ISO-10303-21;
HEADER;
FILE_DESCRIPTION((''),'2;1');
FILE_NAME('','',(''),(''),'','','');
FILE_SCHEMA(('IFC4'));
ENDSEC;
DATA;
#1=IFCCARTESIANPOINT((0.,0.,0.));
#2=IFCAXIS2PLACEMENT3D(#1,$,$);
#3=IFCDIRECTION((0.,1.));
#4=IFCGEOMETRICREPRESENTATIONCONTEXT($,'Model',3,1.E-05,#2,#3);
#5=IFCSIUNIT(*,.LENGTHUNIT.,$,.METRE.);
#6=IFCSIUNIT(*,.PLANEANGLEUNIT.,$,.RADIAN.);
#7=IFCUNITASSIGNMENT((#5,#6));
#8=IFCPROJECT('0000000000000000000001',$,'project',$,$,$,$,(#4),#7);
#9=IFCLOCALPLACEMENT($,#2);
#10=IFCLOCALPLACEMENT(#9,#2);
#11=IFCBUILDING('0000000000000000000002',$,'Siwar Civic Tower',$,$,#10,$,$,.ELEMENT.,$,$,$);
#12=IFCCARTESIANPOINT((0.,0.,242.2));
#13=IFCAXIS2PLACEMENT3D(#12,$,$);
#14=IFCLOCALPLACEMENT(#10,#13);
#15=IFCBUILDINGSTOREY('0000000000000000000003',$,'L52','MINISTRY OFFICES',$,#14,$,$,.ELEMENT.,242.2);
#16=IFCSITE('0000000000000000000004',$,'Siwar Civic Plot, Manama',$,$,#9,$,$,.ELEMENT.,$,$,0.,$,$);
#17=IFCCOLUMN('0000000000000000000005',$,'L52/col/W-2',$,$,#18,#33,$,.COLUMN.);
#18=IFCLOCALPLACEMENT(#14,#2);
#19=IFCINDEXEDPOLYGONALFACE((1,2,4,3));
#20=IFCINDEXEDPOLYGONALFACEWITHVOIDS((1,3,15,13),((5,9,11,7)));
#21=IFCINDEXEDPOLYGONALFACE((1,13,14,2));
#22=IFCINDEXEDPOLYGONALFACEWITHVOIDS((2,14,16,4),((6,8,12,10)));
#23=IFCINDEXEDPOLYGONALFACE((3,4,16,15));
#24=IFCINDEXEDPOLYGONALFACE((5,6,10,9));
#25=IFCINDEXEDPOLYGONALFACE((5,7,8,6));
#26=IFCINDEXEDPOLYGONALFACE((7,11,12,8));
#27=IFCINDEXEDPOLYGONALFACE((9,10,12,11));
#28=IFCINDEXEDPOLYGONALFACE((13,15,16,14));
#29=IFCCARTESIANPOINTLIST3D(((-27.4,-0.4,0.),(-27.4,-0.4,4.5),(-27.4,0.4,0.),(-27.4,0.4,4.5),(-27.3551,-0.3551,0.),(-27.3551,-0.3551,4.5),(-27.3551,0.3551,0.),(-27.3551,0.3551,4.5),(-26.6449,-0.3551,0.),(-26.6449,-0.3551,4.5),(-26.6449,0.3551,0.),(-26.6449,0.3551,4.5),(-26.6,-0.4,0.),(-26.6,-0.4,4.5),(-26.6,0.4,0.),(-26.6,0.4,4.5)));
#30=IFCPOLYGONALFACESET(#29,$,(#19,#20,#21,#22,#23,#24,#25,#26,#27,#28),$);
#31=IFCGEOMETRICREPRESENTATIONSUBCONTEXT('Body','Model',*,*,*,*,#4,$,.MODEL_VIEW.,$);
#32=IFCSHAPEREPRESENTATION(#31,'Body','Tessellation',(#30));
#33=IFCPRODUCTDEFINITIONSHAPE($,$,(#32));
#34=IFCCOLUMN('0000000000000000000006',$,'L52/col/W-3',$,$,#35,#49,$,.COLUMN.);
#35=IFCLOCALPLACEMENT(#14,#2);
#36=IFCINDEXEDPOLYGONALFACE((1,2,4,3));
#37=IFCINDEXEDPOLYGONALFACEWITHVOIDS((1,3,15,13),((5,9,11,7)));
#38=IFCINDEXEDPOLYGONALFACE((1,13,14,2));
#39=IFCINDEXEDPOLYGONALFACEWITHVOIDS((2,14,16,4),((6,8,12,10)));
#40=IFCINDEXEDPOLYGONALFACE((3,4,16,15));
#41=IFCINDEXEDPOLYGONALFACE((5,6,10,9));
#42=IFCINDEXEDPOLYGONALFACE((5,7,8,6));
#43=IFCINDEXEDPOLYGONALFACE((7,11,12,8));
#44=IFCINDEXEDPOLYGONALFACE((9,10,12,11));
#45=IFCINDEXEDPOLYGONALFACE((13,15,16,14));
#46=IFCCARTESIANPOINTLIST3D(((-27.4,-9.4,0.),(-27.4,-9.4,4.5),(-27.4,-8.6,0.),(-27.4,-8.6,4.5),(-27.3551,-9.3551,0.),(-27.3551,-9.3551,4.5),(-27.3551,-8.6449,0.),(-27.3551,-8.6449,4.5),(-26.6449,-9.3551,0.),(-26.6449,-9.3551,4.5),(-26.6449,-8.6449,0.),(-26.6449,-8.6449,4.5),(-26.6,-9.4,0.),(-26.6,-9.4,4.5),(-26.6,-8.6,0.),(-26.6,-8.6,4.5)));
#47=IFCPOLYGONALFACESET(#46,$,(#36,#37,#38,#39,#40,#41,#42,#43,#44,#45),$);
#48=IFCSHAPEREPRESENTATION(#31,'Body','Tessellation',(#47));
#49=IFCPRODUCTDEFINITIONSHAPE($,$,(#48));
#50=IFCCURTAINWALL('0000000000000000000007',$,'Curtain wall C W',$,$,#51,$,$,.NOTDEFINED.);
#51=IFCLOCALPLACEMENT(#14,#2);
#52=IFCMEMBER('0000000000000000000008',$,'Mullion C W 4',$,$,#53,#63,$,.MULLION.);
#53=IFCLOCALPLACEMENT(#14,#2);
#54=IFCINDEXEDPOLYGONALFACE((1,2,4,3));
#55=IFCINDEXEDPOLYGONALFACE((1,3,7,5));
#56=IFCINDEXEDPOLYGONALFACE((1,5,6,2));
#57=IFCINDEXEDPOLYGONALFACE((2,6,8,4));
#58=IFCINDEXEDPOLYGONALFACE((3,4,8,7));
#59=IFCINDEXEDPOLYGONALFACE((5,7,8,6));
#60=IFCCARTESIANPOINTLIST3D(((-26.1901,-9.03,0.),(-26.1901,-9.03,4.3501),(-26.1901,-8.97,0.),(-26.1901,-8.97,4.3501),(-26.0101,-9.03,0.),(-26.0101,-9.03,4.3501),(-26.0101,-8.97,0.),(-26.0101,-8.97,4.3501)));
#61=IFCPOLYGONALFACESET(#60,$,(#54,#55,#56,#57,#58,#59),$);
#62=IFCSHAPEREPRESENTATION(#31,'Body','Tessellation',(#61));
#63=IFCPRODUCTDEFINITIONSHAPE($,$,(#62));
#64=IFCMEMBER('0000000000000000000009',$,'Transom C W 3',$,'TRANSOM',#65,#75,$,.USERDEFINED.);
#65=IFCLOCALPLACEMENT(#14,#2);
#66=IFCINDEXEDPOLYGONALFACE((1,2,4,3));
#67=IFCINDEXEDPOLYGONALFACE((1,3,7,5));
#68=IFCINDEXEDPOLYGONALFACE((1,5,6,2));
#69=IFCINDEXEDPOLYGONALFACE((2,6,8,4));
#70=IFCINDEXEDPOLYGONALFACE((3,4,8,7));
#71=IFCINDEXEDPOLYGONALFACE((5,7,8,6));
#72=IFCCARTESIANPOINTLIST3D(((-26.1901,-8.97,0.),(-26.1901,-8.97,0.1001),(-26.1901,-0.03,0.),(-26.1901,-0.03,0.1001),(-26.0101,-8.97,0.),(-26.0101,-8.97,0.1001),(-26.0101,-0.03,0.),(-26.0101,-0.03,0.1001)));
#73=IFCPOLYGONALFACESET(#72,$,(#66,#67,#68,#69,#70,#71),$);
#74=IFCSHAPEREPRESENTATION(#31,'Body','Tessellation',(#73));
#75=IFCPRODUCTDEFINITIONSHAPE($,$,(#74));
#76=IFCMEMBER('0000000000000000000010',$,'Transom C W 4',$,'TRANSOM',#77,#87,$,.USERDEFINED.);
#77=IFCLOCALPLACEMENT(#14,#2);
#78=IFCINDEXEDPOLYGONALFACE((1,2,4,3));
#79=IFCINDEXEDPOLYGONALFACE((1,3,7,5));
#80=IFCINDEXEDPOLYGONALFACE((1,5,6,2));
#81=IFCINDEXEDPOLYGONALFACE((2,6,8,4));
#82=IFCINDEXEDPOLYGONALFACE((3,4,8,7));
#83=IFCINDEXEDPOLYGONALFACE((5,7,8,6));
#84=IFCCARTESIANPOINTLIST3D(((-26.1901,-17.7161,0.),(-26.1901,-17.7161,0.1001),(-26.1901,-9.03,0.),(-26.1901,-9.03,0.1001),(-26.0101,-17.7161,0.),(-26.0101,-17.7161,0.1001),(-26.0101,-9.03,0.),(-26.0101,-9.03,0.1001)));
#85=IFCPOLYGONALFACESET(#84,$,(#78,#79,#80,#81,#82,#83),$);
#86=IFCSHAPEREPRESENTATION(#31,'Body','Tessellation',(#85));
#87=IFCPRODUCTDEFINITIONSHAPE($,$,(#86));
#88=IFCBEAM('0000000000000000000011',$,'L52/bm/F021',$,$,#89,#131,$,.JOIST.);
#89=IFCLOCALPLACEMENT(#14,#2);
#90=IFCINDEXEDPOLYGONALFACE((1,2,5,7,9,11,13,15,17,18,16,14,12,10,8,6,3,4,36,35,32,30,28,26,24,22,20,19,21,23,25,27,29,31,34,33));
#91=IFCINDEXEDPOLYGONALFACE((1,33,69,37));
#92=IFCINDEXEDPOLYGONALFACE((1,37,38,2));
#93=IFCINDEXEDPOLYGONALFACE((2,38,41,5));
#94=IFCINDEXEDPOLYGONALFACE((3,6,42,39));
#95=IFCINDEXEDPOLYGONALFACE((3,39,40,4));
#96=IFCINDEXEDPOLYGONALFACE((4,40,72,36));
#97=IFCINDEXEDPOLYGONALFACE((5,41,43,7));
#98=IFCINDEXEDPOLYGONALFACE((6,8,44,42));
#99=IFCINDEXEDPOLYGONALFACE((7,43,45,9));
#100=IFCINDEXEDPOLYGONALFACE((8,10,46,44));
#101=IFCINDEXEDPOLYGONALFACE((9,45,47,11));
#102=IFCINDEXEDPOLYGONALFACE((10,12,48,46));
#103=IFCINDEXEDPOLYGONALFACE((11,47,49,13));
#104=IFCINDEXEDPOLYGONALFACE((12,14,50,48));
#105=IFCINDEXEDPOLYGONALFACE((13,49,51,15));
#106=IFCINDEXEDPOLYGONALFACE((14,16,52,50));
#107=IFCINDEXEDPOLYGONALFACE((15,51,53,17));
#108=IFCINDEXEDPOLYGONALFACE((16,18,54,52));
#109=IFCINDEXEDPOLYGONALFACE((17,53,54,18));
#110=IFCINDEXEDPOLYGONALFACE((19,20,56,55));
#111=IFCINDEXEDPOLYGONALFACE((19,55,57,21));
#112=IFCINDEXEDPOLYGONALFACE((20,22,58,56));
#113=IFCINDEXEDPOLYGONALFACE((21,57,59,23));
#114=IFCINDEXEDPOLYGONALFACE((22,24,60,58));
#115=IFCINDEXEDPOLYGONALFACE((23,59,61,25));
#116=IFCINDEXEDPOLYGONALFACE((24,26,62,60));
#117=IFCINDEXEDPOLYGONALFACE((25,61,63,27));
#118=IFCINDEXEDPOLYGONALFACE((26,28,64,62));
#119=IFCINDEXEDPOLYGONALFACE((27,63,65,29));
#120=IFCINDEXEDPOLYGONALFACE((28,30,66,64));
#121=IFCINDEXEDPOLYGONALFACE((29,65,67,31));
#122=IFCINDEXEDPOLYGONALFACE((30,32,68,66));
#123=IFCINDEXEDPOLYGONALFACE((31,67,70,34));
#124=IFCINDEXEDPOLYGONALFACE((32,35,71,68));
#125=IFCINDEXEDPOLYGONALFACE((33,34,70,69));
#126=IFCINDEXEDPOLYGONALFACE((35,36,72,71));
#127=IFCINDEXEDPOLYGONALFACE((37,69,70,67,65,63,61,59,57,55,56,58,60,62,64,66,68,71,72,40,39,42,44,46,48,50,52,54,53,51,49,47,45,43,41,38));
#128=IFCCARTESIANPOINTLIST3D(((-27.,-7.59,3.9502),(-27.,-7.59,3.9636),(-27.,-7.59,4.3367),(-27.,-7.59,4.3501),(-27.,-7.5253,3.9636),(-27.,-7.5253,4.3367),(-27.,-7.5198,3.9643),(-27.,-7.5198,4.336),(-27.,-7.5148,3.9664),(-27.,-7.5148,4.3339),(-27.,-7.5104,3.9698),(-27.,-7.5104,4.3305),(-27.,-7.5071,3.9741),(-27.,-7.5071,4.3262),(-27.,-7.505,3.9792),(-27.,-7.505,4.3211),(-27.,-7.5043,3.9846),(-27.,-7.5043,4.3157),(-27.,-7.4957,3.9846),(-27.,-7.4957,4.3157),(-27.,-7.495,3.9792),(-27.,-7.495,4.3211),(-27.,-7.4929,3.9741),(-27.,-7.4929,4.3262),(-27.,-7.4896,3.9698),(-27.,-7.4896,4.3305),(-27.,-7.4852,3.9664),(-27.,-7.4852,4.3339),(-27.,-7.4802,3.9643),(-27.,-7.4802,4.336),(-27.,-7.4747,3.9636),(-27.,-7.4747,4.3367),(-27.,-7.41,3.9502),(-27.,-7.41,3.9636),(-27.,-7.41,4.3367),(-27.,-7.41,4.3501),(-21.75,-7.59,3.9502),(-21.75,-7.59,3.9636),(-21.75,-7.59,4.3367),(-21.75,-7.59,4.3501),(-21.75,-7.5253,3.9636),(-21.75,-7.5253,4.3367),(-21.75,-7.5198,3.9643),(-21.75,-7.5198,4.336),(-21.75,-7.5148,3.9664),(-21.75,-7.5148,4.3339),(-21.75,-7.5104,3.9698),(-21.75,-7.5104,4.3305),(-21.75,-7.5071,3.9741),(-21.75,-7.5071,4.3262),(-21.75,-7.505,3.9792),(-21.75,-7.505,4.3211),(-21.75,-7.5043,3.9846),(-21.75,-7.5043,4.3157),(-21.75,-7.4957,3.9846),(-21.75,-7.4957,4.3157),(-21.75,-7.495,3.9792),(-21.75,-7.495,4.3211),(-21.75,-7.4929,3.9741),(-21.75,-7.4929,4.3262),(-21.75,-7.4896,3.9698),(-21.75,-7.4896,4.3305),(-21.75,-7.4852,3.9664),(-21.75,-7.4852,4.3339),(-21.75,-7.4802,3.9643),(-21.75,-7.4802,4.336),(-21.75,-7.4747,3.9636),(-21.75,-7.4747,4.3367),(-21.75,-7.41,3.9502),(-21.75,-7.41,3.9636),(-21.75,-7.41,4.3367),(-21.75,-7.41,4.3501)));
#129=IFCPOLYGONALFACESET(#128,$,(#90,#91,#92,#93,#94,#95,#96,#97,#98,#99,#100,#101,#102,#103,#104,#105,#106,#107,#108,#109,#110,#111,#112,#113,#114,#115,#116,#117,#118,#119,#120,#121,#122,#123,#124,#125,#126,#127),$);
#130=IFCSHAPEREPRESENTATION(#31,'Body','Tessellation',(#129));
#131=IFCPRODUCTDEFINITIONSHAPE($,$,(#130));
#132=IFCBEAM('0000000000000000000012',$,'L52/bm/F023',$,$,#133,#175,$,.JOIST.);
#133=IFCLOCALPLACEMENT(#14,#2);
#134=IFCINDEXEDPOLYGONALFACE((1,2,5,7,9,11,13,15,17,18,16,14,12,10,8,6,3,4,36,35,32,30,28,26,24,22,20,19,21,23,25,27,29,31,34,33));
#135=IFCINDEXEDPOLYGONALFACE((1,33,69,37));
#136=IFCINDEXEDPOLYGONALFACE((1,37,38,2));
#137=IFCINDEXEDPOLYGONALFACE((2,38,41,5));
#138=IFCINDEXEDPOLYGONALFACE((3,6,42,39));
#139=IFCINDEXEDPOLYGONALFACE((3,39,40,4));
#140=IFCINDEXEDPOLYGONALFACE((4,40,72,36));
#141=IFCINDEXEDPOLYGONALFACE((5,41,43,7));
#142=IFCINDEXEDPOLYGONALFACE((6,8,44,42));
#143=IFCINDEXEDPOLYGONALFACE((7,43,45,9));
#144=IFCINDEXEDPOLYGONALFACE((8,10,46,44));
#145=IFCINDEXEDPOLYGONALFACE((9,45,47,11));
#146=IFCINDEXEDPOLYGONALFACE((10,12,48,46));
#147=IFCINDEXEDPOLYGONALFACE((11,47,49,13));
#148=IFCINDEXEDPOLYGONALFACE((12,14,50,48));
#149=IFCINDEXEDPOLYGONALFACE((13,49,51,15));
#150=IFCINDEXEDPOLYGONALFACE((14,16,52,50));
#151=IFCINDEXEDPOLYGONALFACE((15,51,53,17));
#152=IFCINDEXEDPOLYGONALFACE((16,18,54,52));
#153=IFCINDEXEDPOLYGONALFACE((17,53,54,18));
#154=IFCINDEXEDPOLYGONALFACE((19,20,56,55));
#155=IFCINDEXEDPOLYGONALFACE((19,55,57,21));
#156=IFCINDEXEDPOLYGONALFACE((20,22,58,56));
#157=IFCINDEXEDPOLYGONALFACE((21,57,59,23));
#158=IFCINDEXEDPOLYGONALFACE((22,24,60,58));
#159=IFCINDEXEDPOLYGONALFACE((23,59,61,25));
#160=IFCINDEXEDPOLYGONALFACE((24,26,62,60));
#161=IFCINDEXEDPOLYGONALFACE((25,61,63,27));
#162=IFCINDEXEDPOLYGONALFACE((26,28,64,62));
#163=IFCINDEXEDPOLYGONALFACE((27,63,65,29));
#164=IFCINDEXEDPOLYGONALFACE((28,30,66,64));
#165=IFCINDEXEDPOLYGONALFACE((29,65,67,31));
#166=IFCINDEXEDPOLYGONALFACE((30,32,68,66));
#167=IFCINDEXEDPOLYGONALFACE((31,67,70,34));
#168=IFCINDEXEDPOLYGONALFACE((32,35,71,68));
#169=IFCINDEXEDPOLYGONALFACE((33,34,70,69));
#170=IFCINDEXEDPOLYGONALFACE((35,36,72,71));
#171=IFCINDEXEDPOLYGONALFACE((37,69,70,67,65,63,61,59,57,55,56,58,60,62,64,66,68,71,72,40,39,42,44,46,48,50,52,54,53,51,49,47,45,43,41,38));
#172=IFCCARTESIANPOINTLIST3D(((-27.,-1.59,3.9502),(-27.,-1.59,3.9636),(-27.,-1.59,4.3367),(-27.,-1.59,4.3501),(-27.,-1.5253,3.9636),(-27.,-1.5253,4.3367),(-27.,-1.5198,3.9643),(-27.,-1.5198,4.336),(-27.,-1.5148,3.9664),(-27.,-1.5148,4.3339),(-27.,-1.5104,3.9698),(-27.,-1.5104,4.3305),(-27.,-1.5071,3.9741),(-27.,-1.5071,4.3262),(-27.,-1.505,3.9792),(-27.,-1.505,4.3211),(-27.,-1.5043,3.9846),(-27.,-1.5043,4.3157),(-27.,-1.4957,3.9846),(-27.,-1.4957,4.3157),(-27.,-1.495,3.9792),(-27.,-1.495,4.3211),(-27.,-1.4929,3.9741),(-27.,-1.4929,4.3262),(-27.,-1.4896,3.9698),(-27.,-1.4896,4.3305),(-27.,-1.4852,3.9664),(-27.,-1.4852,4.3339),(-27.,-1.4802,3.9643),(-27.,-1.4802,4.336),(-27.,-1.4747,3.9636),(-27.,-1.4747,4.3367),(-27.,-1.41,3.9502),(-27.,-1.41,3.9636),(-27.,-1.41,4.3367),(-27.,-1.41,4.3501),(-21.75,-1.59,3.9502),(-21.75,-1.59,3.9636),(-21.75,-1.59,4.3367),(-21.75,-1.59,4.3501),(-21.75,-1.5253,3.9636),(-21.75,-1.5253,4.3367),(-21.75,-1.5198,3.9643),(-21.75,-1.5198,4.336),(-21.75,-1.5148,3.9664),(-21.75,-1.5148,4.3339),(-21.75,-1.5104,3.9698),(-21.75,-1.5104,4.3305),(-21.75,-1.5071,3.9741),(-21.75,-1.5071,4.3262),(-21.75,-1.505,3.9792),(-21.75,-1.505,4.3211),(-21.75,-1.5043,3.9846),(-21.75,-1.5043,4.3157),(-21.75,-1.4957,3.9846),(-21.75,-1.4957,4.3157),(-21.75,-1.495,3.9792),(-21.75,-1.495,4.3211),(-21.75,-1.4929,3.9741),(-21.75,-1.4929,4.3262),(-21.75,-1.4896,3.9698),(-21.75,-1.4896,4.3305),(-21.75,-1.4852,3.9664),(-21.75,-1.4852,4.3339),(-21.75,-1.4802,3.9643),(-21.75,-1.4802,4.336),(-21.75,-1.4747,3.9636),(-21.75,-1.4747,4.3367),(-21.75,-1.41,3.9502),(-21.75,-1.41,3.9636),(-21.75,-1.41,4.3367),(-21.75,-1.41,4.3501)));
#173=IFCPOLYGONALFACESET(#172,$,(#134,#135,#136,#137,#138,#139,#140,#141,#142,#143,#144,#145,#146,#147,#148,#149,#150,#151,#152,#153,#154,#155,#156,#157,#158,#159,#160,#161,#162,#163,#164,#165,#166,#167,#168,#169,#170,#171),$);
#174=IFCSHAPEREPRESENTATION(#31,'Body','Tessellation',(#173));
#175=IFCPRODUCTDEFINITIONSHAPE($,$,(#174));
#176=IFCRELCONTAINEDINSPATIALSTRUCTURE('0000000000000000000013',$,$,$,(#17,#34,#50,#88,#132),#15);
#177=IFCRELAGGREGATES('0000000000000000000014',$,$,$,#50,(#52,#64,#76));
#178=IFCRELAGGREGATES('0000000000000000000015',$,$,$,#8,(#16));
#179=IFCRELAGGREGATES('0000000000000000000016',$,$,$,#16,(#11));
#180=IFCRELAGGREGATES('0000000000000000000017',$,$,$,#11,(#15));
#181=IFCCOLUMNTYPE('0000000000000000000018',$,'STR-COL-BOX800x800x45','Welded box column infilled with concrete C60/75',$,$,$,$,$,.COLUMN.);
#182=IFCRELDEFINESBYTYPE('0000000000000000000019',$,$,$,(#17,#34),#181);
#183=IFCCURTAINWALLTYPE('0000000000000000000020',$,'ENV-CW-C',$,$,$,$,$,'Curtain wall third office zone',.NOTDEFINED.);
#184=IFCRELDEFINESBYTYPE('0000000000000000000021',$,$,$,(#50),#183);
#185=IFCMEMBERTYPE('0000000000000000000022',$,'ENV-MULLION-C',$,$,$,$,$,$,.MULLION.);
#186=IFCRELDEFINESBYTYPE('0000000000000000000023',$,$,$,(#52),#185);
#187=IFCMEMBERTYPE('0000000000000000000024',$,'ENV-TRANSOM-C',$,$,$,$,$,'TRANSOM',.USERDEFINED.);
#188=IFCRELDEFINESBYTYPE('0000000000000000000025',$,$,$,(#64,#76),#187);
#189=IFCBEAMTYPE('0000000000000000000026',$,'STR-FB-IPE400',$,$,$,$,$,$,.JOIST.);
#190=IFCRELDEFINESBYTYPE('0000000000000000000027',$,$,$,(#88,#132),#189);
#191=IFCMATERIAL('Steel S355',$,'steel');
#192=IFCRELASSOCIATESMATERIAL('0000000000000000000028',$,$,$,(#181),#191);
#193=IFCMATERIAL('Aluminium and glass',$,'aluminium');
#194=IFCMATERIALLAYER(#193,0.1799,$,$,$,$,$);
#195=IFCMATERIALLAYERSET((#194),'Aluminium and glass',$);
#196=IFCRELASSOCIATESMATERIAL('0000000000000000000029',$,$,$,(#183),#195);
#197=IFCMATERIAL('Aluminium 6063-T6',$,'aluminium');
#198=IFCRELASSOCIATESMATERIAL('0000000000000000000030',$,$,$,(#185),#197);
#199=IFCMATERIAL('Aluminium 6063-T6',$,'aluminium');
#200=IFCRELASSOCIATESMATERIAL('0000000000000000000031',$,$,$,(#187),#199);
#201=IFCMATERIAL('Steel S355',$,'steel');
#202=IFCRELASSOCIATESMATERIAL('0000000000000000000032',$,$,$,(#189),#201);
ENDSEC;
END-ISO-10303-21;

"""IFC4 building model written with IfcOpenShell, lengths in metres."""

from ifc_helpers import new_model, si_unit, direction, frame, origin, origin_2d, place, context, subcontext, project, spatial, rectangle, hollow_rectangle, i_section, extrude, material, layer, layer_set, material_profile, profile_set, type_object, element, aggregate, save


model = new_model("IFC4")

# Units and contexts
model_context = context("Model", 3, precision=1e-05, world=origin(), true_north=direction((0.0, 1.0)))
body_context = subcontext(model_context, "Body", "Model", "MODEL_VIEW")
ifc_project = project(units=[si_unit("LENGTHUNIT", "METRE"), si_unit("PLANEANGLEUNIT", "RADIAN")], contexts=[model_context])

# Site, building, storey
site_placement = place(None, origin())
site = spatial("IfcSite", under=ifc_project, at=site_placement, Name="Siwar Civic Plot, Manama", CompositionType="ELEMENT", RefElevation=0.0)
building_placement = place(site_placement, origin())
building = spatial("IfcBuilding", under=site, at=building_placement, Name="Siwar Civic Tower", CompositionType="ELEMENT")
storey_placement = place(building_placement, frame((0.0, 0.0, 242.2)))
storey = spatial("IfcBuildingStorey", under=building, at=storey_placement, Name="L52", Description="MINISTRY OFFICES", CompositionType="ELEMENT", Elevation=242.2)

# Columns
ifc_material_1 = material(Name="Steel S355", Category="steel")
ifc_material_profile_1 = material_profile(ifc_material_1, hollow_rectangle(XDim=0.8, YDim=0.8, WallThickness=0.0449, at=origin_2d()), Name="BOX800x800x45")
ifc_profile_set_1 = profile_set([ifc_material_profile_1], Name="Steel S355")
column_type = type_object("IfcColumnType", Name="STR-COL-BOX800x800x45", Description="Welded box column infilled with concrete C60/75", PredefinedType="COLUMN", material=ifc_profile_set_1)
for number, where, z_axis, x_axis, name in (
    (1, (-27.0, 0.0, 0.0), (0.0, 0.0, 1.0), (1.0, 0.0, 0.0), "L52/col/W-2"),
    (2, (-27.0, -9.0, 0.0), (0.0, 0.0, 1.0), (1.0, 0.0, 0.0), "L52/col/W-3"),
):
    element("IfcColumn", number, at=place(storey_placement, frame(where, z_axis=z_axis, x_axis=x_axis)), inside=storey, type_object=column_type, Name=name, PredefinedType="COLUMN", context=body_context, shape_type="SweptSolid", body=[
        extrude(hollow_rectangle(XDim=0.8, YDim=0.8, WallThickness=0.0449, at=origin_2d()), origin(), (0.0, 0.0, 1.0), 4.5),
    ])

# Curtain wall, members
ifc_material_2 = material(Name="Aluminium and glass", Category="aluminium")
ifc_layer_1 = layer(ifc_material_2, 0.1799)
ifc_layer_set_1 = layer_set([ifc_layer_1], Name="Aluminium and glass")
curtain_wall_type = type_object("IfcCurtainWallType", Name="ENV-CW-C", ElementType="Curtain wall third office zone", PredefinedType="NOTDEFINED", material=ifc_layer_set_1)
curtain_wall_placement = place(storey_placement, origin())
curtain_wall = element("IfcCurtainWall", 3, at=curtain_wall_placement, inside=storey, type_object=curtain_wall_type, Name="Curtain wall C W", PredefinedType="NOTDEFINED")
ifc_material_3 = material(Name="Aluminium 6063-T6", Category="aluminium")
ifc_material_profile_2 = material_profile(ifc_material_3, rectangle(XDim=0.1799, YDim=0.0601, at=origin_2d()), Name="AL 180x60")
ifc_profile_set_2 = profile_set([ifc_material_profile_2], Name="Aluminium 6063-T6")
member_type_1 = type_object("IfcMemberType", Name="ENV-MULLION-C", PredefinedType="MULLION", material=ifc_profile_set_2)
member_1_placement = place(storey_placement, frame((-26.1001, -9.0, 0.0), z_axis=(0.0, 0.0, 1.0), x_axis=(1.0, 0.0, 0.0)))
member_1 = element("IfcMember", 4, at=member_1_placement, type_object=member_type_1, Name="Mullion C W 4", PredefinedType="MULLION", context=body_context, shape_type="SweptSolid", body=[
    extrude(rectangle(XDim=0.1799, YDim=0.0601, at=origin_2d()), origin(), (0.0, 0.0, 1.0), 4.3501),
])
ifc_material_4 = material(Name="Aluminium 6063-T6", Category="aluminium")
ifc_material_profile_3 = material_profile(ifc_material_4, rectangle(XDim=0.1799, YDim=0.1001, at=origin_2d()), Name="AL 180x100")
ifc_profile_set_3 = profile_set([ifc_material_profile_3], Name="Aluminium 6063-T6")
member_type_2 = type_object("IfcMemberType", Name="ENV-TRANSOM-C", ElementType="TRANSOM", PredefinedType="USERDEFINED", material=ifc_profile_set_3)
member_2_placement = place(storey_placement, frame((-26.1001, -0.03, 0.05), z_axis=(0.0, -1.0, 0.0), x_axis=(1.0, 0.0, 0.0)))
member_2 = element("IfcMember", 5, at=member_2_placement, type_object=member_type_2, Name="Transom C W 3", ObjectType="TRANSOM", PredefinedType="USERDEFINED", context=body_context, shape_type="SweptSolid", body=[
    extrude(rectangle(XDim=0.1799, YDim=0.1001, at=origin_2d()), origin(), (0.0, 0.0, 1.0), 8.9399),
])
member_3_placement = place(storey_placement, frame((-26.1001, -9.03, 0.05), z_axis=(0.0, -1.0, 0.0), x_axis=(1.0, 0.0, 0.0)))
member_3 = element("IfcMember", 6, at=member_3_placement, type_object=member_type_2, Name="Transom C W 4", ObjectType="TRANSOM", PredefinedType="USERDEFINED", context=body_context, shape_type="SweptSolid", body=[
    extrude(rectangle(XDim=0.1799, YDim=0.1001, at=origin_2d()), origin(), (0.0, 0.0, 1.0), 8.686),
])

# Beams
ifc_material_5 = material(Name="Steel S355", Category="steel")
ifc_material_profile_4 = material_profile(ifc_material_5, i_section(OverallWidth=0.1799, OverallDepth=0.3999, WebThickness=0.0085, FlangeThickness=0.0134, FilletRadius=0.021, at=origin_2d()), Name="IPE400")
ifc_profile_set_4 = profile_set([ifc_material_profile_4], Name="Steel S355")
beam_type_1 = type_object("IfcBeamType", Name="STR-FB-IPE400", PredefinedType="JOIST", material=ifc_profile_set_4)
for number, where, z_axis, x_axis, name in (
    (7, (-27.0, -7.5, 4.1501), (1.0, 0.0, 0.0), (0.0, 1.0, 0.0), "L52/bm/F021"),
    (8, (-27.0, -1.5, 4.1501), (1.0, 0.0, 0.0), (0.0, 1.0, 0.0), "L52/bm/F023"),
):
    element("IfcBeam", number, at=place(storey_placement, frame(where, z_axis=z_axis, x_axis=x_axis)), inside=storey, type_object=beam_type_1, Name=name, PredefinedType="JOIST", context=body_context, shape_type="SweptSolid", body=[
        extrude(i_section(OverallWidth=0.1799, OverallDepth=0.3999, WebThickness=0.0085, FlangeThickness=0.0134, FilletRadius=0.021, at=origin_2d()), origin(), (0.0, 0.0, 1.0), 5.25),
    ])

aggregate(curtain_wall, [member_1, member_2, member_3])

save(model, "model.ifc")
